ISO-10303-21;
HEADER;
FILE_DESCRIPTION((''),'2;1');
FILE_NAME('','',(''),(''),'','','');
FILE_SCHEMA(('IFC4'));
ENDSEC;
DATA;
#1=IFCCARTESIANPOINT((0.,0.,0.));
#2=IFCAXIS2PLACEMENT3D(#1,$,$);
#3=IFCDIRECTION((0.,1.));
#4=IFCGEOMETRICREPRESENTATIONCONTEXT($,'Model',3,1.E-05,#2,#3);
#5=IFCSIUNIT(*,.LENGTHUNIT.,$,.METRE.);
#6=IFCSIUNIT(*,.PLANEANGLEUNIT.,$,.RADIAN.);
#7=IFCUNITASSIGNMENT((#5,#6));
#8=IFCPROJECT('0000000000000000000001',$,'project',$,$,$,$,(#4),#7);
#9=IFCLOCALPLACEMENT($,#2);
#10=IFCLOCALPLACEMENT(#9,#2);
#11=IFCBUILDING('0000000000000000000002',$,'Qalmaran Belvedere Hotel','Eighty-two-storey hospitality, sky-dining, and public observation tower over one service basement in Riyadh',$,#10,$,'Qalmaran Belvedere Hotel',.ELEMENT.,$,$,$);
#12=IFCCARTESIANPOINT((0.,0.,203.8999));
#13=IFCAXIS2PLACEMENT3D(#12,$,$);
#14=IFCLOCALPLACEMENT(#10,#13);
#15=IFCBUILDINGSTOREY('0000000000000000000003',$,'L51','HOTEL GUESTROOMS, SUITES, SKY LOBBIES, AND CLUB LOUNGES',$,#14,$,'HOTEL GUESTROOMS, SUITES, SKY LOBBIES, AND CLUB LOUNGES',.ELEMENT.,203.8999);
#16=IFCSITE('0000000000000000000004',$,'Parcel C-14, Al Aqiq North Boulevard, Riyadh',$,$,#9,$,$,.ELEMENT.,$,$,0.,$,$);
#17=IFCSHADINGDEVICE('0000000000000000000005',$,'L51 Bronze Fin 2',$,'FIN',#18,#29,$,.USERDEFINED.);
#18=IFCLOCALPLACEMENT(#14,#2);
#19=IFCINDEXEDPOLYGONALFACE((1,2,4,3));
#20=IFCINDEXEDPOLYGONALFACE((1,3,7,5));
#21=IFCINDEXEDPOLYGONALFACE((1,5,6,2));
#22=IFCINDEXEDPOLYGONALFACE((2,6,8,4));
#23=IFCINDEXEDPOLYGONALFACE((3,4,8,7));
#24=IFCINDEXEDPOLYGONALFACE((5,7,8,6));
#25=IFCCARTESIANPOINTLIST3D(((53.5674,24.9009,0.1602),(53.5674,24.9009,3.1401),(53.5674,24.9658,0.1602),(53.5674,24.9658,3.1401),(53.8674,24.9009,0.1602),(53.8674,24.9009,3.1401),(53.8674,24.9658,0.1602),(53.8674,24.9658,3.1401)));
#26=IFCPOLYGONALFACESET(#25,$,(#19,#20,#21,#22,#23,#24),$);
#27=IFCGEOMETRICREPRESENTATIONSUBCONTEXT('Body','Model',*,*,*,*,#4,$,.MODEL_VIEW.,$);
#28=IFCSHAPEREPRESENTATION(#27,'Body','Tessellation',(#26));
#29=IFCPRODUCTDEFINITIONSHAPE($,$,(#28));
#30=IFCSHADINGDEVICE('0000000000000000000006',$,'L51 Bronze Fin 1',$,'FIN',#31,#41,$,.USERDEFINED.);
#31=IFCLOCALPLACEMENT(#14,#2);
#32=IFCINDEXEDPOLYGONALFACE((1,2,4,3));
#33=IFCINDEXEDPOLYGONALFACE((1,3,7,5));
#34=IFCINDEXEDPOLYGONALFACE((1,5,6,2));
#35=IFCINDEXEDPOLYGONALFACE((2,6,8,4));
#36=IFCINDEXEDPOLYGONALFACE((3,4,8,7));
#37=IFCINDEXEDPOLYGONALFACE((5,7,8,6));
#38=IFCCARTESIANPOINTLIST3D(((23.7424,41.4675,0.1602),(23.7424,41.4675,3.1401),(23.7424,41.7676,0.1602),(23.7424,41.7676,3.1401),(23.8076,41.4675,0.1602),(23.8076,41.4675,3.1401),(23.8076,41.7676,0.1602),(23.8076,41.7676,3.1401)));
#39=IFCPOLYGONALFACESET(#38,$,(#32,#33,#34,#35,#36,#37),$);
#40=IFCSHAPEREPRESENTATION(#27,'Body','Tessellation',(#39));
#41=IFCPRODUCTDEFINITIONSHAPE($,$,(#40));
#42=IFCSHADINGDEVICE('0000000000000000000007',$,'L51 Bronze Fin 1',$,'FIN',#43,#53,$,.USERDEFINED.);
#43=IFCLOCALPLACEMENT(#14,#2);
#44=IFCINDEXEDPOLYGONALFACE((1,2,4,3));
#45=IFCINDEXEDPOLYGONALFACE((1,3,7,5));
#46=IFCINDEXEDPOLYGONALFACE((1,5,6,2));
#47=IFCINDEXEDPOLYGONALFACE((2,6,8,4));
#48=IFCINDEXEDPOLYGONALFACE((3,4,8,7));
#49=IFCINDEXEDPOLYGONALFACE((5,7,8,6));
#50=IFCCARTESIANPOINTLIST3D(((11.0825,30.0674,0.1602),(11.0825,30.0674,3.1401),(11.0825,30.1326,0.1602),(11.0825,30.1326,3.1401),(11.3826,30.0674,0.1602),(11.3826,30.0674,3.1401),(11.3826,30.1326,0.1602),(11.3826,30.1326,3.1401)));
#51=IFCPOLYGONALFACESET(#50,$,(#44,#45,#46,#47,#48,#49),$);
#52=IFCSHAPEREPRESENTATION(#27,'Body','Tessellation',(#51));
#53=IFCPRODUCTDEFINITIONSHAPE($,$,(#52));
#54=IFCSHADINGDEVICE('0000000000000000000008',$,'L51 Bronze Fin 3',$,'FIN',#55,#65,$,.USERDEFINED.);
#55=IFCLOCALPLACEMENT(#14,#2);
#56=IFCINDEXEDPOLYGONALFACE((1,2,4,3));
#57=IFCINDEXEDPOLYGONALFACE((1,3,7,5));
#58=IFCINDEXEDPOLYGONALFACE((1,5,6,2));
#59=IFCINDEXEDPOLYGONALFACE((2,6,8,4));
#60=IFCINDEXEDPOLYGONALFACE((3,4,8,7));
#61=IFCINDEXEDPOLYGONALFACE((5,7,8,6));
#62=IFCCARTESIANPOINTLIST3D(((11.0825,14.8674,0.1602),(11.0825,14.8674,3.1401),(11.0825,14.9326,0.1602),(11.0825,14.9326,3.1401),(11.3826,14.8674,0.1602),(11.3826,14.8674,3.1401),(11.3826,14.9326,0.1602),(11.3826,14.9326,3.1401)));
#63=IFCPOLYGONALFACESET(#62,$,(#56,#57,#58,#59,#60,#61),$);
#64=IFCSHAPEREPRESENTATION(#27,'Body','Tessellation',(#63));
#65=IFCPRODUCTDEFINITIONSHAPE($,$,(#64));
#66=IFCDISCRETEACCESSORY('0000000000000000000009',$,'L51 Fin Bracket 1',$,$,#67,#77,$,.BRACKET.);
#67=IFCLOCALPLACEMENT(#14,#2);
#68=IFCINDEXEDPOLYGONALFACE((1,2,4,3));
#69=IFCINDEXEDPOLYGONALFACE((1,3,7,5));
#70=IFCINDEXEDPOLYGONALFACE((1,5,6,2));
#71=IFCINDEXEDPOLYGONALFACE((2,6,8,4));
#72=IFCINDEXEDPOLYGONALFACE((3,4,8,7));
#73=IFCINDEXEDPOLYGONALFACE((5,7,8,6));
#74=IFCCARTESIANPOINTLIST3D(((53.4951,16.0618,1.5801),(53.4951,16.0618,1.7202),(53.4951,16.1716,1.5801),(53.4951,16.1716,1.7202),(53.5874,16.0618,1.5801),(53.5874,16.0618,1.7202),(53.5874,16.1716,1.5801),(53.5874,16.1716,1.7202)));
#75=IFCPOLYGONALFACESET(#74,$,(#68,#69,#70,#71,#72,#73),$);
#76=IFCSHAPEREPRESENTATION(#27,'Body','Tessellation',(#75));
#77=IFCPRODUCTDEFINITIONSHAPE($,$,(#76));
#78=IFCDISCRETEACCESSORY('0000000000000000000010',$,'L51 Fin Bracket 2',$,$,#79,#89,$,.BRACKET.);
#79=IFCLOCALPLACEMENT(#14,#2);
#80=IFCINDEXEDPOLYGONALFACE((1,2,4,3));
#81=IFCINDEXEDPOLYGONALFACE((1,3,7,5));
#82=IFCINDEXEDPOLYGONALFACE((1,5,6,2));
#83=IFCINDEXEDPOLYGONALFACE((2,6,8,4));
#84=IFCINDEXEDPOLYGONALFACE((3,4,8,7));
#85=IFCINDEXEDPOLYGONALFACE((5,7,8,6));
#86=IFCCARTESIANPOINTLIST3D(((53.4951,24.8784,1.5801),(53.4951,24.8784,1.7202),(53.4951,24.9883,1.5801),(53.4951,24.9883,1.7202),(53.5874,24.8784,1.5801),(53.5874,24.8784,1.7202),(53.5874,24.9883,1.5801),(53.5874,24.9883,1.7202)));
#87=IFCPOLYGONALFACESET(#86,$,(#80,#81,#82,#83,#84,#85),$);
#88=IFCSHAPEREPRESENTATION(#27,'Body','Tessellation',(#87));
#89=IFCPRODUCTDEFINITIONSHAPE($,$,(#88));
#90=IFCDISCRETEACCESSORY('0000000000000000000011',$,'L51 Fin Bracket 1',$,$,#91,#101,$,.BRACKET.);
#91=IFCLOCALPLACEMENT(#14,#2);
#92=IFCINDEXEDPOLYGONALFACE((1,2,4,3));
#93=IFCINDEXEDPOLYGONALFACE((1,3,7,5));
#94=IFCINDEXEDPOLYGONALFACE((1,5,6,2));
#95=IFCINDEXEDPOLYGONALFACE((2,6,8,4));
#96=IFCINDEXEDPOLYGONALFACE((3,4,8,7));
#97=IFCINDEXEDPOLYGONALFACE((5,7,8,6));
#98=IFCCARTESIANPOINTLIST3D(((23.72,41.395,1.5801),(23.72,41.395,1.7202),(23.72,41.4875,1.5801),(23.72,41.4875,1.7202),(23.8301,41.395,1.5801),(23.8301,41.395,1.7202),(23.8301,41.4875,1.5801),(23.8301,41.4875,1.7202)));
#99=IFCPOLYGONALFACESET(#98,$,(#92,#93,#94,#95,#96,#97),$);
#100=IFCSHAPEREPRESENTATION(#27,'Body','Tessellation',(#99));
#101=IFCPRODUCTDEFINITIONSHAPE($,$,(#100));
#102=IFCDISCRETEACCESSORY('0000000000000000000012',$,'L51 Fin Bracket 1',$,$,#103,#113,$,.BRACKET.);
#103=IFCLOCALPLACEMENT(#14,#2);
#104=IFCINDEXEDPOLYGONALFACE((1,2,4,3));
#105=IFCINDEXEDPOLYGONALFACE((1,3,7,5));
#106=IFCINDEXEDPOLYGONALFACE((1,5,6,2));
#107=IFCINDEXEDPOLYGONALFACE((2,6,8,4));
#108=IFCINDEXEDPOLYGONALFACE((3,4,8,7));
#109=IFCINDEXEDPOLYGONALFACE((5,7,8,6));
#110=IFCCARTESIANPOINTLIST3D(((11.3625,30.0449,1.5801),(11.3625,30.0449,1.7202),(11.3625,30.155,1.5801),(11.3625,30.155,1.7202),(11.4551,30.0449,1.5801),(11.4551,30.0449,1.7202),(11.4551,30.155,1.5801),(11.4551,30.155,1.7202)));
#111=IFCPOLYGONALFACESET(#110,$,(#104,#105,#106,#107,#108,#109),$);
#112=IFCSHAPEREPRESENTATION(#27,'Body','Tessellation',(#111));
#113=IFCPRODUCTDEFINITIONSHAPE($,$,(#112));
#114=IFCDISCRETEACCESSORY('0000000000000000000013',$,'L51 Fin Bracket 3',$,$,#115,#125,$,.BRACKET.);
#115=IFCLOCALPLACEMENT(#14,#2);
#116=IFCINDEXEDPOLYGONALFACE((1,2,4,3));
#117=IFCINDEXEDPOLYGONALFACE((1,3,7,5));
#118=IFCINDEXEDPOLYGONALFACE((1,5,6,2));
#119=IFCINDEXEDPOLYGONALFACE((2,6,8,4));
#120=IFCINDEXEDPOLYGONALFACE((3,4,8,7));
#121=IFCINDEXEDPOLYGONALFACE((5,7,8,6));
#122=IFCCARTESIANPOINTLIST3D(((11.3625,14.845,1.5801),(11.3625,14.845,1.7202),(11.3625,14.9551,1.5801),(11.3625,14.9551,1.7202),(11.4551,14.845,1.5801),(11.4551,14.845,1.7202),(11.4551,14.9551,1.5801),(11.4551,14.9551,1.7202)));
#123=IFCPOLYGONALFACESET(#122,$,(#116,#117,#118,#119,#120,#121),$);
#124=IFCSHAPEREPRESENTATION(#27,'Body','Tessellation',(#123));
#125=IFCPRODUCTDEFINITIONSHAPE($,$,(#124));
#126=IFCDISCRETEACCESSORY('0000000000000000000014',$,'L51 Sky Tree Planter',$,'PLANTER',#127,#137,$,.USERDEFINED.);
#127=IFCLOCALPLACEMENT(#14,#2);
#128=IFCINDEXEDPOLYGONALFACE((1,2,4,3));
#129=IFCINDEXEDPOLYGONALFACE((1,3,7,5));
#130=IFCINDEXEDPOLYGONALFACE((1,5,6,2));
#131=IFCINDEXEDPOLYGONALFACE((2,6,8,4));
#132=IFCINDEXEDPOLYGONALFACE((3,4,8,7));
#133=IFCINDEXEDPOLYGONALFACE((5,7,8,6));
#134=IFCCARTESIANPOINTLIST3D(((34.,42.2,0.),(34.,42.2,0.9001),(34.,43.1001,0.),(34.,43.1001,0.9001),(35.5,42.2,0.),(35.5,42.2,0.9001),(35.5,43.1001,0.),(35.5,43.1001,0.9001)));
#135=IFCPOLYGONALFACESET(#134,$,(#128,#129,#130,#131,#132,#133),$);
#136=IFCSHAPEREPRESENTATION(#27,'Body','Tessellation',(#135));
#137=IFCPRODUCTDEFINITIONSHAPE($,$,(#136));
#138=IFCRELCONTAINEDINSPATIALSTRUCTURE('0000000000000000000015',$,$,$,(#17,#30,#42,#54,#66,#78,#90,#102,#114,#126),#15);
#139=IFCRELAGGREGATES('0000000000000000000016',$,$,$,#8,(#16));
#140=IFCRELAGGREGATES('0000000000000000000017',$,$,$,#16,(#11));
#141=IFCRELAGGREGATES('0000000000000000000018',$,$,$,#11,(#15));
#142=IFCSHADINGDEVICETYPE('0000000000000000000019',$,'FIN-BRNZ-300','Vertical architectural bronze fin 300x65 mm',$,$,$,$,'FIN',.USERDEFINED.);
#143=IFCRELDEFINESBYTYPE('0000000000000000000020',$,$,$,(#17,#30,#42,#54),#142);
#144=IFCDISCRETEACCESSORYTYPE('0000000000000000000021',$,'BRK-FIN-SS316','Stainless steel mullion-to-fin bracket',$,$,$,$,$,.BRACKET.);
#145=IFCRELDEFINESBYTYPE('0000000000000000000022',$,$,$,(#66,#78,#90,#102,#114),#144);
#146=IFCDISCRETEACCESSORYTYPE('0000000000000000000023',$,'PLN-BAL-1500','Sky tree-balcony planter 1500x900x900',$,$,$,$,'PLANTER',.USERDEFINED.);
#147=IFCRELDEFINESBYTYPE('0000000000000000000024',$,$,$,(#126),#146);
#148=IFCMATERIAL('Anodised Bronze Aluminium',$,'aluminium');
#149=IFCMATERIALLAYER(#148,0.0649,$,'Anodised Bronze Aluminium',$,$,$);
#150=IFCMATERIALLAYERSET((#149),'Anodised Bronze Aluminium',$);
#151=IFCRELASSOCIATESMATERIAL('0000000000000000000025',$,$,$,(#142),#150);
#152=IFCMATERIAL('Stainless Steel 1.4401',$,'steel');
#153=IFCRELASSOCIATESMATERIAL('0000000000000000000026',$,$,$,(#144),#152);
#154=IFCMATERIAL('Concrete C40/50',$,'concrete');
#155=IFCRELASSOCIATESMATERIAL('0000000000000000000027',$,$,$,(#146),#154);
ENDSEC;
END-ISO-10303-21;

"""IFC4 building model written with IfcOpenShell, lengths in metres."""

from ifc_helpers import new_model, si_unit, direction, frame, origin, place, context, subcontext, project, spatial, polyline, outline, extrude, material, layer, layer_set, type_object, element, save


model = new_model("IFC4")

# Units and contexts
model_context = context("Model", 3, precision=1e-05, world=origin(), true_north=direction((0.0, 1.0)))
body_context = subcontext(model_context, "Body", "Model", "MODEL_VIEW")
ifc_project = project(units=[si_unit("LENGTHUNIT", "METRE"), si_unit("PLANEANGLEUNIT", "RADIAN")], contexts=[model_context])

# Site, building, storey
site_placement = place(None, origin())
site = spatial("IfcSite", under=ifc_project, at=site_placement, Name="Parcel C-14, Al Aqiq North Boulevard, Riyadh", CompositionType="ELEMENT", RefElevation=0.0)
building_placement = place(site_placement, origin())
building = spatial("IfcBuilding", under=site, at=building_placement, Name="Qalmaran Belvedere Hotel", Description="Eighty-two-storey hospitality, sky-dining, and public observation tower over one service basement in Riyadh", LongName="Qalmaran Belvedere Hotel", CompositionType="ELEMENT")
storey_placement = place(building_placement, frame((0.0, 0.0, 203.8999)))
storey = spatial("IfcBuildingStorey", under=building, at=storey_placement, Name="L51", Description="HOTEL GUESTROOMS, SUITES, SKY LOBBIES, AND CLUB LOUNGES", LongName="HOTEL GUESTROOMS, SUITES, SKY LOBBIES, AND CLUB LOUNGES", CompositionType="ELEMENT", Elevation=203.8999)

# Shared definitions
ifc_material_1 = material(Name="Anodised Bronze Aluminium", Category="aluminium")

# Shared definitions
ifc_material_2 = material(Name="Concrete C40/50", Category="concrete")

# Shading devices
ifc_layer_1 = layer(ifc_material_1, 0.0649, Name="Anodised Bronze Aluminium")
ifc_layer_set_1 = layer_set([ifc_layer_1], Name="Anodised Bronze Aluminium")
shading_device_type = type_object("IfcShadingDeviceType", Name="FIN-BRNZ-300", Description="Vertical architectural bronze fin 300x65 mm", ElementType="FIN", PredefinedType="USERDEFINED", material=ifc_layer_set_1)
shading_device_1_placement = place(storey_placement, frame((0.0, 0.0, 0.1602)))
element("IfcShadingDevice", 1, at=shading_device_1_placement, inside=storey, type_object=shading_device_type, Name="L51 Bronze Fin 2", ObjectType="FIN", PredefinedType="USERDEFINED", context=body_context, shape_type="SweptSolid", body=[
    extrude(outline(polyline([(53.5674, 24.9009), (53.8674, 24.9009), (53.8674, 24.9658), (53.5674, 24.9658), (53.5674, 24.9009)])), origin(), (0.0, 0.0, 1.0), 2.98),
])
shading_device_2_placement = place(storey_placement, frame((0.0, 0.0, 0.1602)))
element("IfcShadingDevice", 2, at=shading_device_2_placement, inside=storey, type_object=shading_device_type, Name="L51 Bronze Fin 1", ObjectType="FIN", PredefinedType="USERDEFINED", context=body_context, shape_type="SweptSolid", body=[
    extrude(outline(polyline([(23.8076, 41.4675), (23.8076, 41.7676), (23.7424, 41.7676), (23.7424, 41.4675), (23.8076, 41.4675)])), origin(), (0.0, 0.0, 1.0), 2.98),
])
shading_device_3_placement = place(storey_placement, frame((0.0, 0.0, 0.1602)))
element("IfcShadingDevice", 3, at=shading_device_3_placement, inside=storey, type_object=shading_device_type, Name="L51 Bronze Fin 1", ObjectType="FIN", PredefinedType="USERDEFINED", context=body_context, shape_type="SweptSolid", body=[
    extrude(outline(polyline([(11.3826, 30.1326), (11.0825, 30.1326), (11.0825, 30.0674), (11.3826, 30.0674), (11.3826, 30.1326)])), origin(), (0.0, 0.0, 1.0), 2.98),
])
shading_device_4_placement = place(storey_placement, frame((0.0, 0.0, 0.1602)))
element("IfcShadingDevice", 4, at=shading_device_4_placement, inside=storey, type_object=shading_device_type, Name="L51 Bronze Fin 3", ObjectType="FIN", PredefinedType="USERDEFINED", context=body_context, shape_type="SweptSolid", body=[
    extrude(outline(polyline([(11.3826, 14.9326), (11.0825, 14.9326), (11.0825, 14.8674), (11.3826, 14.8674), (11.3826, 14.9326)])), origin(), (0.0, 0.0, 1.0), 2.98),
])

# Discrete accessories
ifc_material_3 = material(Name="Stainless Steel 1.4401", Category="steel")
discrete_accessory_type_1 = type_object("IfcDiscreteAccessoryType", Name="BRK-FIN-SS316", Description="Stainless steel mullion-to-fin bracket", PredefinedType="BRACKET", material=ifc_material_3)
discrete_accessory_1_placement = place(storey_placement, frame((0.0, 0.0, 1.5801)))
element("IfcDiscreteAccessory", 5, at=discrete_accessory_1_placement, inside=storey, type_object=discrete_accessory_type_1, Name="L51 Fin Bracket 1", PredefinedType="BRACKET", context=body_context, shape_type="SweptSolid", body=[
    extrude(outline(polyline([(53.4951, 16.0618), (53.5874, 16.0618), (53.5874, 16.1716), (53.4951, 16.1716), (53.4951, 16.0618)])), origin(), (0.0, 0.0, 1.0), 0.1401),
])
discrete_accessory_2_placement = place(storey_placement, frame((0.0, 0.0, 1.5801)))
element("IfcDiscreteAccessory", 6, at=discrete_accessory_2_placement, inside=storey, type_object=discrete_accessory_type_1, Name="L51 Fin Bracket 2", PredefinedType="BRACKET", context=body_context, shape_type="SweptSolid", body=[
    extrude(outline(polyline([(53.4951, 24.8784), (53.5874, 24.8784), (53.5874, 24.9883), (53.4951, 24.9883), (53.4951, 24.8784)])), origin(), (0.0, 0.0, 1.0), 0.1401),
])
discrete_accessory_3_placement = place(storey_placement, frame((0.0, 0.0, 1.5801)))
element("IfcDiscreteAccessory", 7, at=discrete_accessory_3_placement, inside=storey, type_object=discrete_accessory_type_1, Name="L51 Fin Bracket 1", PredefinedType="BRACKET", context=body_context, shape_type="SweptSolid", body=[
    extrude(outline(polyline([(23.8301, 41.395), (23.8301, 41.4875), (23.72, 41.4875), (23.72, 41.395), (23.8301, 41.395)])), origin(), (0.0, 0.0, 1.0), 0.1401),
])
discrete_accessory_4_placement = place(storey_placement, frame((0.0, 0.0, 1.5801)))
element("IfcDiscreteAccessory", 8, at=discrete_accessory_4_placement, inside=storey, type_object=discrete_accessory_type_1, Name="L51 Fin Bracket 1", PredefinedType="BRACKET", context=body_context, shape_type="SweptSolid", body=[
    extrude(outline(polyline([(11.4551, 30.155), (11.3625, 30.155), (11.3625, 30.0449), (11.4551, 30.0449), (11.4551, 30.155)])), origin(), (0.0, 0.0, 1.0), 0.1401),
])
discrete_accessory_5_placement = place(storey_placement, frame((0.0, 0.0, 1.5801)))
element("IfcDiscreteAccessory", 9, at=discrete_accessory_5_placement, inside=storey, type_object=discrete_accessory_type_1, Name="L51 Fin Bracket 3", PredefinedType="BRACKET", context=body_context, shape_type="SweptSolid", body=[
    extrude(outline(polyline([(11.4551, 14.9551), (11.3625, 14.9551), (11.3625, 14.845), (11.4551, 14.845), (11.4551, 14.9551)])), origin(), (0.0, 0.0, 1.0), 0.1401),
])
discrete_accessory_type_2 = type_object("IfcDiscreteAccessoryType", Name="PLN-BAL-1500", Description="Sky tree-balcony planter 1500x900x900", ElementType="PLANTER", PredefinedType="USERDEFINED", material=ifc_material_2)
discrete_accessory_6_placement = place(storey_placement, origin())
element("IfcDiscreteAccessory", 10, at=discrete_accessory_6_placement, inside=storey, type_object=discrete_accessory_type_2, Name="L51 Sky Tree Planter", ObjectType="PLANTER", PredefinedType="USERDEFINED", context=body_context, shape_type="SweptSolid", body=[
    extrude(outline(polyline([(34.0, 42.2), (35.5, 42.2), (35.5, 43.1001), (34.0, 43.1001), (34.0, 42.2)])), origin(), (0.0, 0.0, 1.0), 0.9001),
])

save(model, "model.ifc")
